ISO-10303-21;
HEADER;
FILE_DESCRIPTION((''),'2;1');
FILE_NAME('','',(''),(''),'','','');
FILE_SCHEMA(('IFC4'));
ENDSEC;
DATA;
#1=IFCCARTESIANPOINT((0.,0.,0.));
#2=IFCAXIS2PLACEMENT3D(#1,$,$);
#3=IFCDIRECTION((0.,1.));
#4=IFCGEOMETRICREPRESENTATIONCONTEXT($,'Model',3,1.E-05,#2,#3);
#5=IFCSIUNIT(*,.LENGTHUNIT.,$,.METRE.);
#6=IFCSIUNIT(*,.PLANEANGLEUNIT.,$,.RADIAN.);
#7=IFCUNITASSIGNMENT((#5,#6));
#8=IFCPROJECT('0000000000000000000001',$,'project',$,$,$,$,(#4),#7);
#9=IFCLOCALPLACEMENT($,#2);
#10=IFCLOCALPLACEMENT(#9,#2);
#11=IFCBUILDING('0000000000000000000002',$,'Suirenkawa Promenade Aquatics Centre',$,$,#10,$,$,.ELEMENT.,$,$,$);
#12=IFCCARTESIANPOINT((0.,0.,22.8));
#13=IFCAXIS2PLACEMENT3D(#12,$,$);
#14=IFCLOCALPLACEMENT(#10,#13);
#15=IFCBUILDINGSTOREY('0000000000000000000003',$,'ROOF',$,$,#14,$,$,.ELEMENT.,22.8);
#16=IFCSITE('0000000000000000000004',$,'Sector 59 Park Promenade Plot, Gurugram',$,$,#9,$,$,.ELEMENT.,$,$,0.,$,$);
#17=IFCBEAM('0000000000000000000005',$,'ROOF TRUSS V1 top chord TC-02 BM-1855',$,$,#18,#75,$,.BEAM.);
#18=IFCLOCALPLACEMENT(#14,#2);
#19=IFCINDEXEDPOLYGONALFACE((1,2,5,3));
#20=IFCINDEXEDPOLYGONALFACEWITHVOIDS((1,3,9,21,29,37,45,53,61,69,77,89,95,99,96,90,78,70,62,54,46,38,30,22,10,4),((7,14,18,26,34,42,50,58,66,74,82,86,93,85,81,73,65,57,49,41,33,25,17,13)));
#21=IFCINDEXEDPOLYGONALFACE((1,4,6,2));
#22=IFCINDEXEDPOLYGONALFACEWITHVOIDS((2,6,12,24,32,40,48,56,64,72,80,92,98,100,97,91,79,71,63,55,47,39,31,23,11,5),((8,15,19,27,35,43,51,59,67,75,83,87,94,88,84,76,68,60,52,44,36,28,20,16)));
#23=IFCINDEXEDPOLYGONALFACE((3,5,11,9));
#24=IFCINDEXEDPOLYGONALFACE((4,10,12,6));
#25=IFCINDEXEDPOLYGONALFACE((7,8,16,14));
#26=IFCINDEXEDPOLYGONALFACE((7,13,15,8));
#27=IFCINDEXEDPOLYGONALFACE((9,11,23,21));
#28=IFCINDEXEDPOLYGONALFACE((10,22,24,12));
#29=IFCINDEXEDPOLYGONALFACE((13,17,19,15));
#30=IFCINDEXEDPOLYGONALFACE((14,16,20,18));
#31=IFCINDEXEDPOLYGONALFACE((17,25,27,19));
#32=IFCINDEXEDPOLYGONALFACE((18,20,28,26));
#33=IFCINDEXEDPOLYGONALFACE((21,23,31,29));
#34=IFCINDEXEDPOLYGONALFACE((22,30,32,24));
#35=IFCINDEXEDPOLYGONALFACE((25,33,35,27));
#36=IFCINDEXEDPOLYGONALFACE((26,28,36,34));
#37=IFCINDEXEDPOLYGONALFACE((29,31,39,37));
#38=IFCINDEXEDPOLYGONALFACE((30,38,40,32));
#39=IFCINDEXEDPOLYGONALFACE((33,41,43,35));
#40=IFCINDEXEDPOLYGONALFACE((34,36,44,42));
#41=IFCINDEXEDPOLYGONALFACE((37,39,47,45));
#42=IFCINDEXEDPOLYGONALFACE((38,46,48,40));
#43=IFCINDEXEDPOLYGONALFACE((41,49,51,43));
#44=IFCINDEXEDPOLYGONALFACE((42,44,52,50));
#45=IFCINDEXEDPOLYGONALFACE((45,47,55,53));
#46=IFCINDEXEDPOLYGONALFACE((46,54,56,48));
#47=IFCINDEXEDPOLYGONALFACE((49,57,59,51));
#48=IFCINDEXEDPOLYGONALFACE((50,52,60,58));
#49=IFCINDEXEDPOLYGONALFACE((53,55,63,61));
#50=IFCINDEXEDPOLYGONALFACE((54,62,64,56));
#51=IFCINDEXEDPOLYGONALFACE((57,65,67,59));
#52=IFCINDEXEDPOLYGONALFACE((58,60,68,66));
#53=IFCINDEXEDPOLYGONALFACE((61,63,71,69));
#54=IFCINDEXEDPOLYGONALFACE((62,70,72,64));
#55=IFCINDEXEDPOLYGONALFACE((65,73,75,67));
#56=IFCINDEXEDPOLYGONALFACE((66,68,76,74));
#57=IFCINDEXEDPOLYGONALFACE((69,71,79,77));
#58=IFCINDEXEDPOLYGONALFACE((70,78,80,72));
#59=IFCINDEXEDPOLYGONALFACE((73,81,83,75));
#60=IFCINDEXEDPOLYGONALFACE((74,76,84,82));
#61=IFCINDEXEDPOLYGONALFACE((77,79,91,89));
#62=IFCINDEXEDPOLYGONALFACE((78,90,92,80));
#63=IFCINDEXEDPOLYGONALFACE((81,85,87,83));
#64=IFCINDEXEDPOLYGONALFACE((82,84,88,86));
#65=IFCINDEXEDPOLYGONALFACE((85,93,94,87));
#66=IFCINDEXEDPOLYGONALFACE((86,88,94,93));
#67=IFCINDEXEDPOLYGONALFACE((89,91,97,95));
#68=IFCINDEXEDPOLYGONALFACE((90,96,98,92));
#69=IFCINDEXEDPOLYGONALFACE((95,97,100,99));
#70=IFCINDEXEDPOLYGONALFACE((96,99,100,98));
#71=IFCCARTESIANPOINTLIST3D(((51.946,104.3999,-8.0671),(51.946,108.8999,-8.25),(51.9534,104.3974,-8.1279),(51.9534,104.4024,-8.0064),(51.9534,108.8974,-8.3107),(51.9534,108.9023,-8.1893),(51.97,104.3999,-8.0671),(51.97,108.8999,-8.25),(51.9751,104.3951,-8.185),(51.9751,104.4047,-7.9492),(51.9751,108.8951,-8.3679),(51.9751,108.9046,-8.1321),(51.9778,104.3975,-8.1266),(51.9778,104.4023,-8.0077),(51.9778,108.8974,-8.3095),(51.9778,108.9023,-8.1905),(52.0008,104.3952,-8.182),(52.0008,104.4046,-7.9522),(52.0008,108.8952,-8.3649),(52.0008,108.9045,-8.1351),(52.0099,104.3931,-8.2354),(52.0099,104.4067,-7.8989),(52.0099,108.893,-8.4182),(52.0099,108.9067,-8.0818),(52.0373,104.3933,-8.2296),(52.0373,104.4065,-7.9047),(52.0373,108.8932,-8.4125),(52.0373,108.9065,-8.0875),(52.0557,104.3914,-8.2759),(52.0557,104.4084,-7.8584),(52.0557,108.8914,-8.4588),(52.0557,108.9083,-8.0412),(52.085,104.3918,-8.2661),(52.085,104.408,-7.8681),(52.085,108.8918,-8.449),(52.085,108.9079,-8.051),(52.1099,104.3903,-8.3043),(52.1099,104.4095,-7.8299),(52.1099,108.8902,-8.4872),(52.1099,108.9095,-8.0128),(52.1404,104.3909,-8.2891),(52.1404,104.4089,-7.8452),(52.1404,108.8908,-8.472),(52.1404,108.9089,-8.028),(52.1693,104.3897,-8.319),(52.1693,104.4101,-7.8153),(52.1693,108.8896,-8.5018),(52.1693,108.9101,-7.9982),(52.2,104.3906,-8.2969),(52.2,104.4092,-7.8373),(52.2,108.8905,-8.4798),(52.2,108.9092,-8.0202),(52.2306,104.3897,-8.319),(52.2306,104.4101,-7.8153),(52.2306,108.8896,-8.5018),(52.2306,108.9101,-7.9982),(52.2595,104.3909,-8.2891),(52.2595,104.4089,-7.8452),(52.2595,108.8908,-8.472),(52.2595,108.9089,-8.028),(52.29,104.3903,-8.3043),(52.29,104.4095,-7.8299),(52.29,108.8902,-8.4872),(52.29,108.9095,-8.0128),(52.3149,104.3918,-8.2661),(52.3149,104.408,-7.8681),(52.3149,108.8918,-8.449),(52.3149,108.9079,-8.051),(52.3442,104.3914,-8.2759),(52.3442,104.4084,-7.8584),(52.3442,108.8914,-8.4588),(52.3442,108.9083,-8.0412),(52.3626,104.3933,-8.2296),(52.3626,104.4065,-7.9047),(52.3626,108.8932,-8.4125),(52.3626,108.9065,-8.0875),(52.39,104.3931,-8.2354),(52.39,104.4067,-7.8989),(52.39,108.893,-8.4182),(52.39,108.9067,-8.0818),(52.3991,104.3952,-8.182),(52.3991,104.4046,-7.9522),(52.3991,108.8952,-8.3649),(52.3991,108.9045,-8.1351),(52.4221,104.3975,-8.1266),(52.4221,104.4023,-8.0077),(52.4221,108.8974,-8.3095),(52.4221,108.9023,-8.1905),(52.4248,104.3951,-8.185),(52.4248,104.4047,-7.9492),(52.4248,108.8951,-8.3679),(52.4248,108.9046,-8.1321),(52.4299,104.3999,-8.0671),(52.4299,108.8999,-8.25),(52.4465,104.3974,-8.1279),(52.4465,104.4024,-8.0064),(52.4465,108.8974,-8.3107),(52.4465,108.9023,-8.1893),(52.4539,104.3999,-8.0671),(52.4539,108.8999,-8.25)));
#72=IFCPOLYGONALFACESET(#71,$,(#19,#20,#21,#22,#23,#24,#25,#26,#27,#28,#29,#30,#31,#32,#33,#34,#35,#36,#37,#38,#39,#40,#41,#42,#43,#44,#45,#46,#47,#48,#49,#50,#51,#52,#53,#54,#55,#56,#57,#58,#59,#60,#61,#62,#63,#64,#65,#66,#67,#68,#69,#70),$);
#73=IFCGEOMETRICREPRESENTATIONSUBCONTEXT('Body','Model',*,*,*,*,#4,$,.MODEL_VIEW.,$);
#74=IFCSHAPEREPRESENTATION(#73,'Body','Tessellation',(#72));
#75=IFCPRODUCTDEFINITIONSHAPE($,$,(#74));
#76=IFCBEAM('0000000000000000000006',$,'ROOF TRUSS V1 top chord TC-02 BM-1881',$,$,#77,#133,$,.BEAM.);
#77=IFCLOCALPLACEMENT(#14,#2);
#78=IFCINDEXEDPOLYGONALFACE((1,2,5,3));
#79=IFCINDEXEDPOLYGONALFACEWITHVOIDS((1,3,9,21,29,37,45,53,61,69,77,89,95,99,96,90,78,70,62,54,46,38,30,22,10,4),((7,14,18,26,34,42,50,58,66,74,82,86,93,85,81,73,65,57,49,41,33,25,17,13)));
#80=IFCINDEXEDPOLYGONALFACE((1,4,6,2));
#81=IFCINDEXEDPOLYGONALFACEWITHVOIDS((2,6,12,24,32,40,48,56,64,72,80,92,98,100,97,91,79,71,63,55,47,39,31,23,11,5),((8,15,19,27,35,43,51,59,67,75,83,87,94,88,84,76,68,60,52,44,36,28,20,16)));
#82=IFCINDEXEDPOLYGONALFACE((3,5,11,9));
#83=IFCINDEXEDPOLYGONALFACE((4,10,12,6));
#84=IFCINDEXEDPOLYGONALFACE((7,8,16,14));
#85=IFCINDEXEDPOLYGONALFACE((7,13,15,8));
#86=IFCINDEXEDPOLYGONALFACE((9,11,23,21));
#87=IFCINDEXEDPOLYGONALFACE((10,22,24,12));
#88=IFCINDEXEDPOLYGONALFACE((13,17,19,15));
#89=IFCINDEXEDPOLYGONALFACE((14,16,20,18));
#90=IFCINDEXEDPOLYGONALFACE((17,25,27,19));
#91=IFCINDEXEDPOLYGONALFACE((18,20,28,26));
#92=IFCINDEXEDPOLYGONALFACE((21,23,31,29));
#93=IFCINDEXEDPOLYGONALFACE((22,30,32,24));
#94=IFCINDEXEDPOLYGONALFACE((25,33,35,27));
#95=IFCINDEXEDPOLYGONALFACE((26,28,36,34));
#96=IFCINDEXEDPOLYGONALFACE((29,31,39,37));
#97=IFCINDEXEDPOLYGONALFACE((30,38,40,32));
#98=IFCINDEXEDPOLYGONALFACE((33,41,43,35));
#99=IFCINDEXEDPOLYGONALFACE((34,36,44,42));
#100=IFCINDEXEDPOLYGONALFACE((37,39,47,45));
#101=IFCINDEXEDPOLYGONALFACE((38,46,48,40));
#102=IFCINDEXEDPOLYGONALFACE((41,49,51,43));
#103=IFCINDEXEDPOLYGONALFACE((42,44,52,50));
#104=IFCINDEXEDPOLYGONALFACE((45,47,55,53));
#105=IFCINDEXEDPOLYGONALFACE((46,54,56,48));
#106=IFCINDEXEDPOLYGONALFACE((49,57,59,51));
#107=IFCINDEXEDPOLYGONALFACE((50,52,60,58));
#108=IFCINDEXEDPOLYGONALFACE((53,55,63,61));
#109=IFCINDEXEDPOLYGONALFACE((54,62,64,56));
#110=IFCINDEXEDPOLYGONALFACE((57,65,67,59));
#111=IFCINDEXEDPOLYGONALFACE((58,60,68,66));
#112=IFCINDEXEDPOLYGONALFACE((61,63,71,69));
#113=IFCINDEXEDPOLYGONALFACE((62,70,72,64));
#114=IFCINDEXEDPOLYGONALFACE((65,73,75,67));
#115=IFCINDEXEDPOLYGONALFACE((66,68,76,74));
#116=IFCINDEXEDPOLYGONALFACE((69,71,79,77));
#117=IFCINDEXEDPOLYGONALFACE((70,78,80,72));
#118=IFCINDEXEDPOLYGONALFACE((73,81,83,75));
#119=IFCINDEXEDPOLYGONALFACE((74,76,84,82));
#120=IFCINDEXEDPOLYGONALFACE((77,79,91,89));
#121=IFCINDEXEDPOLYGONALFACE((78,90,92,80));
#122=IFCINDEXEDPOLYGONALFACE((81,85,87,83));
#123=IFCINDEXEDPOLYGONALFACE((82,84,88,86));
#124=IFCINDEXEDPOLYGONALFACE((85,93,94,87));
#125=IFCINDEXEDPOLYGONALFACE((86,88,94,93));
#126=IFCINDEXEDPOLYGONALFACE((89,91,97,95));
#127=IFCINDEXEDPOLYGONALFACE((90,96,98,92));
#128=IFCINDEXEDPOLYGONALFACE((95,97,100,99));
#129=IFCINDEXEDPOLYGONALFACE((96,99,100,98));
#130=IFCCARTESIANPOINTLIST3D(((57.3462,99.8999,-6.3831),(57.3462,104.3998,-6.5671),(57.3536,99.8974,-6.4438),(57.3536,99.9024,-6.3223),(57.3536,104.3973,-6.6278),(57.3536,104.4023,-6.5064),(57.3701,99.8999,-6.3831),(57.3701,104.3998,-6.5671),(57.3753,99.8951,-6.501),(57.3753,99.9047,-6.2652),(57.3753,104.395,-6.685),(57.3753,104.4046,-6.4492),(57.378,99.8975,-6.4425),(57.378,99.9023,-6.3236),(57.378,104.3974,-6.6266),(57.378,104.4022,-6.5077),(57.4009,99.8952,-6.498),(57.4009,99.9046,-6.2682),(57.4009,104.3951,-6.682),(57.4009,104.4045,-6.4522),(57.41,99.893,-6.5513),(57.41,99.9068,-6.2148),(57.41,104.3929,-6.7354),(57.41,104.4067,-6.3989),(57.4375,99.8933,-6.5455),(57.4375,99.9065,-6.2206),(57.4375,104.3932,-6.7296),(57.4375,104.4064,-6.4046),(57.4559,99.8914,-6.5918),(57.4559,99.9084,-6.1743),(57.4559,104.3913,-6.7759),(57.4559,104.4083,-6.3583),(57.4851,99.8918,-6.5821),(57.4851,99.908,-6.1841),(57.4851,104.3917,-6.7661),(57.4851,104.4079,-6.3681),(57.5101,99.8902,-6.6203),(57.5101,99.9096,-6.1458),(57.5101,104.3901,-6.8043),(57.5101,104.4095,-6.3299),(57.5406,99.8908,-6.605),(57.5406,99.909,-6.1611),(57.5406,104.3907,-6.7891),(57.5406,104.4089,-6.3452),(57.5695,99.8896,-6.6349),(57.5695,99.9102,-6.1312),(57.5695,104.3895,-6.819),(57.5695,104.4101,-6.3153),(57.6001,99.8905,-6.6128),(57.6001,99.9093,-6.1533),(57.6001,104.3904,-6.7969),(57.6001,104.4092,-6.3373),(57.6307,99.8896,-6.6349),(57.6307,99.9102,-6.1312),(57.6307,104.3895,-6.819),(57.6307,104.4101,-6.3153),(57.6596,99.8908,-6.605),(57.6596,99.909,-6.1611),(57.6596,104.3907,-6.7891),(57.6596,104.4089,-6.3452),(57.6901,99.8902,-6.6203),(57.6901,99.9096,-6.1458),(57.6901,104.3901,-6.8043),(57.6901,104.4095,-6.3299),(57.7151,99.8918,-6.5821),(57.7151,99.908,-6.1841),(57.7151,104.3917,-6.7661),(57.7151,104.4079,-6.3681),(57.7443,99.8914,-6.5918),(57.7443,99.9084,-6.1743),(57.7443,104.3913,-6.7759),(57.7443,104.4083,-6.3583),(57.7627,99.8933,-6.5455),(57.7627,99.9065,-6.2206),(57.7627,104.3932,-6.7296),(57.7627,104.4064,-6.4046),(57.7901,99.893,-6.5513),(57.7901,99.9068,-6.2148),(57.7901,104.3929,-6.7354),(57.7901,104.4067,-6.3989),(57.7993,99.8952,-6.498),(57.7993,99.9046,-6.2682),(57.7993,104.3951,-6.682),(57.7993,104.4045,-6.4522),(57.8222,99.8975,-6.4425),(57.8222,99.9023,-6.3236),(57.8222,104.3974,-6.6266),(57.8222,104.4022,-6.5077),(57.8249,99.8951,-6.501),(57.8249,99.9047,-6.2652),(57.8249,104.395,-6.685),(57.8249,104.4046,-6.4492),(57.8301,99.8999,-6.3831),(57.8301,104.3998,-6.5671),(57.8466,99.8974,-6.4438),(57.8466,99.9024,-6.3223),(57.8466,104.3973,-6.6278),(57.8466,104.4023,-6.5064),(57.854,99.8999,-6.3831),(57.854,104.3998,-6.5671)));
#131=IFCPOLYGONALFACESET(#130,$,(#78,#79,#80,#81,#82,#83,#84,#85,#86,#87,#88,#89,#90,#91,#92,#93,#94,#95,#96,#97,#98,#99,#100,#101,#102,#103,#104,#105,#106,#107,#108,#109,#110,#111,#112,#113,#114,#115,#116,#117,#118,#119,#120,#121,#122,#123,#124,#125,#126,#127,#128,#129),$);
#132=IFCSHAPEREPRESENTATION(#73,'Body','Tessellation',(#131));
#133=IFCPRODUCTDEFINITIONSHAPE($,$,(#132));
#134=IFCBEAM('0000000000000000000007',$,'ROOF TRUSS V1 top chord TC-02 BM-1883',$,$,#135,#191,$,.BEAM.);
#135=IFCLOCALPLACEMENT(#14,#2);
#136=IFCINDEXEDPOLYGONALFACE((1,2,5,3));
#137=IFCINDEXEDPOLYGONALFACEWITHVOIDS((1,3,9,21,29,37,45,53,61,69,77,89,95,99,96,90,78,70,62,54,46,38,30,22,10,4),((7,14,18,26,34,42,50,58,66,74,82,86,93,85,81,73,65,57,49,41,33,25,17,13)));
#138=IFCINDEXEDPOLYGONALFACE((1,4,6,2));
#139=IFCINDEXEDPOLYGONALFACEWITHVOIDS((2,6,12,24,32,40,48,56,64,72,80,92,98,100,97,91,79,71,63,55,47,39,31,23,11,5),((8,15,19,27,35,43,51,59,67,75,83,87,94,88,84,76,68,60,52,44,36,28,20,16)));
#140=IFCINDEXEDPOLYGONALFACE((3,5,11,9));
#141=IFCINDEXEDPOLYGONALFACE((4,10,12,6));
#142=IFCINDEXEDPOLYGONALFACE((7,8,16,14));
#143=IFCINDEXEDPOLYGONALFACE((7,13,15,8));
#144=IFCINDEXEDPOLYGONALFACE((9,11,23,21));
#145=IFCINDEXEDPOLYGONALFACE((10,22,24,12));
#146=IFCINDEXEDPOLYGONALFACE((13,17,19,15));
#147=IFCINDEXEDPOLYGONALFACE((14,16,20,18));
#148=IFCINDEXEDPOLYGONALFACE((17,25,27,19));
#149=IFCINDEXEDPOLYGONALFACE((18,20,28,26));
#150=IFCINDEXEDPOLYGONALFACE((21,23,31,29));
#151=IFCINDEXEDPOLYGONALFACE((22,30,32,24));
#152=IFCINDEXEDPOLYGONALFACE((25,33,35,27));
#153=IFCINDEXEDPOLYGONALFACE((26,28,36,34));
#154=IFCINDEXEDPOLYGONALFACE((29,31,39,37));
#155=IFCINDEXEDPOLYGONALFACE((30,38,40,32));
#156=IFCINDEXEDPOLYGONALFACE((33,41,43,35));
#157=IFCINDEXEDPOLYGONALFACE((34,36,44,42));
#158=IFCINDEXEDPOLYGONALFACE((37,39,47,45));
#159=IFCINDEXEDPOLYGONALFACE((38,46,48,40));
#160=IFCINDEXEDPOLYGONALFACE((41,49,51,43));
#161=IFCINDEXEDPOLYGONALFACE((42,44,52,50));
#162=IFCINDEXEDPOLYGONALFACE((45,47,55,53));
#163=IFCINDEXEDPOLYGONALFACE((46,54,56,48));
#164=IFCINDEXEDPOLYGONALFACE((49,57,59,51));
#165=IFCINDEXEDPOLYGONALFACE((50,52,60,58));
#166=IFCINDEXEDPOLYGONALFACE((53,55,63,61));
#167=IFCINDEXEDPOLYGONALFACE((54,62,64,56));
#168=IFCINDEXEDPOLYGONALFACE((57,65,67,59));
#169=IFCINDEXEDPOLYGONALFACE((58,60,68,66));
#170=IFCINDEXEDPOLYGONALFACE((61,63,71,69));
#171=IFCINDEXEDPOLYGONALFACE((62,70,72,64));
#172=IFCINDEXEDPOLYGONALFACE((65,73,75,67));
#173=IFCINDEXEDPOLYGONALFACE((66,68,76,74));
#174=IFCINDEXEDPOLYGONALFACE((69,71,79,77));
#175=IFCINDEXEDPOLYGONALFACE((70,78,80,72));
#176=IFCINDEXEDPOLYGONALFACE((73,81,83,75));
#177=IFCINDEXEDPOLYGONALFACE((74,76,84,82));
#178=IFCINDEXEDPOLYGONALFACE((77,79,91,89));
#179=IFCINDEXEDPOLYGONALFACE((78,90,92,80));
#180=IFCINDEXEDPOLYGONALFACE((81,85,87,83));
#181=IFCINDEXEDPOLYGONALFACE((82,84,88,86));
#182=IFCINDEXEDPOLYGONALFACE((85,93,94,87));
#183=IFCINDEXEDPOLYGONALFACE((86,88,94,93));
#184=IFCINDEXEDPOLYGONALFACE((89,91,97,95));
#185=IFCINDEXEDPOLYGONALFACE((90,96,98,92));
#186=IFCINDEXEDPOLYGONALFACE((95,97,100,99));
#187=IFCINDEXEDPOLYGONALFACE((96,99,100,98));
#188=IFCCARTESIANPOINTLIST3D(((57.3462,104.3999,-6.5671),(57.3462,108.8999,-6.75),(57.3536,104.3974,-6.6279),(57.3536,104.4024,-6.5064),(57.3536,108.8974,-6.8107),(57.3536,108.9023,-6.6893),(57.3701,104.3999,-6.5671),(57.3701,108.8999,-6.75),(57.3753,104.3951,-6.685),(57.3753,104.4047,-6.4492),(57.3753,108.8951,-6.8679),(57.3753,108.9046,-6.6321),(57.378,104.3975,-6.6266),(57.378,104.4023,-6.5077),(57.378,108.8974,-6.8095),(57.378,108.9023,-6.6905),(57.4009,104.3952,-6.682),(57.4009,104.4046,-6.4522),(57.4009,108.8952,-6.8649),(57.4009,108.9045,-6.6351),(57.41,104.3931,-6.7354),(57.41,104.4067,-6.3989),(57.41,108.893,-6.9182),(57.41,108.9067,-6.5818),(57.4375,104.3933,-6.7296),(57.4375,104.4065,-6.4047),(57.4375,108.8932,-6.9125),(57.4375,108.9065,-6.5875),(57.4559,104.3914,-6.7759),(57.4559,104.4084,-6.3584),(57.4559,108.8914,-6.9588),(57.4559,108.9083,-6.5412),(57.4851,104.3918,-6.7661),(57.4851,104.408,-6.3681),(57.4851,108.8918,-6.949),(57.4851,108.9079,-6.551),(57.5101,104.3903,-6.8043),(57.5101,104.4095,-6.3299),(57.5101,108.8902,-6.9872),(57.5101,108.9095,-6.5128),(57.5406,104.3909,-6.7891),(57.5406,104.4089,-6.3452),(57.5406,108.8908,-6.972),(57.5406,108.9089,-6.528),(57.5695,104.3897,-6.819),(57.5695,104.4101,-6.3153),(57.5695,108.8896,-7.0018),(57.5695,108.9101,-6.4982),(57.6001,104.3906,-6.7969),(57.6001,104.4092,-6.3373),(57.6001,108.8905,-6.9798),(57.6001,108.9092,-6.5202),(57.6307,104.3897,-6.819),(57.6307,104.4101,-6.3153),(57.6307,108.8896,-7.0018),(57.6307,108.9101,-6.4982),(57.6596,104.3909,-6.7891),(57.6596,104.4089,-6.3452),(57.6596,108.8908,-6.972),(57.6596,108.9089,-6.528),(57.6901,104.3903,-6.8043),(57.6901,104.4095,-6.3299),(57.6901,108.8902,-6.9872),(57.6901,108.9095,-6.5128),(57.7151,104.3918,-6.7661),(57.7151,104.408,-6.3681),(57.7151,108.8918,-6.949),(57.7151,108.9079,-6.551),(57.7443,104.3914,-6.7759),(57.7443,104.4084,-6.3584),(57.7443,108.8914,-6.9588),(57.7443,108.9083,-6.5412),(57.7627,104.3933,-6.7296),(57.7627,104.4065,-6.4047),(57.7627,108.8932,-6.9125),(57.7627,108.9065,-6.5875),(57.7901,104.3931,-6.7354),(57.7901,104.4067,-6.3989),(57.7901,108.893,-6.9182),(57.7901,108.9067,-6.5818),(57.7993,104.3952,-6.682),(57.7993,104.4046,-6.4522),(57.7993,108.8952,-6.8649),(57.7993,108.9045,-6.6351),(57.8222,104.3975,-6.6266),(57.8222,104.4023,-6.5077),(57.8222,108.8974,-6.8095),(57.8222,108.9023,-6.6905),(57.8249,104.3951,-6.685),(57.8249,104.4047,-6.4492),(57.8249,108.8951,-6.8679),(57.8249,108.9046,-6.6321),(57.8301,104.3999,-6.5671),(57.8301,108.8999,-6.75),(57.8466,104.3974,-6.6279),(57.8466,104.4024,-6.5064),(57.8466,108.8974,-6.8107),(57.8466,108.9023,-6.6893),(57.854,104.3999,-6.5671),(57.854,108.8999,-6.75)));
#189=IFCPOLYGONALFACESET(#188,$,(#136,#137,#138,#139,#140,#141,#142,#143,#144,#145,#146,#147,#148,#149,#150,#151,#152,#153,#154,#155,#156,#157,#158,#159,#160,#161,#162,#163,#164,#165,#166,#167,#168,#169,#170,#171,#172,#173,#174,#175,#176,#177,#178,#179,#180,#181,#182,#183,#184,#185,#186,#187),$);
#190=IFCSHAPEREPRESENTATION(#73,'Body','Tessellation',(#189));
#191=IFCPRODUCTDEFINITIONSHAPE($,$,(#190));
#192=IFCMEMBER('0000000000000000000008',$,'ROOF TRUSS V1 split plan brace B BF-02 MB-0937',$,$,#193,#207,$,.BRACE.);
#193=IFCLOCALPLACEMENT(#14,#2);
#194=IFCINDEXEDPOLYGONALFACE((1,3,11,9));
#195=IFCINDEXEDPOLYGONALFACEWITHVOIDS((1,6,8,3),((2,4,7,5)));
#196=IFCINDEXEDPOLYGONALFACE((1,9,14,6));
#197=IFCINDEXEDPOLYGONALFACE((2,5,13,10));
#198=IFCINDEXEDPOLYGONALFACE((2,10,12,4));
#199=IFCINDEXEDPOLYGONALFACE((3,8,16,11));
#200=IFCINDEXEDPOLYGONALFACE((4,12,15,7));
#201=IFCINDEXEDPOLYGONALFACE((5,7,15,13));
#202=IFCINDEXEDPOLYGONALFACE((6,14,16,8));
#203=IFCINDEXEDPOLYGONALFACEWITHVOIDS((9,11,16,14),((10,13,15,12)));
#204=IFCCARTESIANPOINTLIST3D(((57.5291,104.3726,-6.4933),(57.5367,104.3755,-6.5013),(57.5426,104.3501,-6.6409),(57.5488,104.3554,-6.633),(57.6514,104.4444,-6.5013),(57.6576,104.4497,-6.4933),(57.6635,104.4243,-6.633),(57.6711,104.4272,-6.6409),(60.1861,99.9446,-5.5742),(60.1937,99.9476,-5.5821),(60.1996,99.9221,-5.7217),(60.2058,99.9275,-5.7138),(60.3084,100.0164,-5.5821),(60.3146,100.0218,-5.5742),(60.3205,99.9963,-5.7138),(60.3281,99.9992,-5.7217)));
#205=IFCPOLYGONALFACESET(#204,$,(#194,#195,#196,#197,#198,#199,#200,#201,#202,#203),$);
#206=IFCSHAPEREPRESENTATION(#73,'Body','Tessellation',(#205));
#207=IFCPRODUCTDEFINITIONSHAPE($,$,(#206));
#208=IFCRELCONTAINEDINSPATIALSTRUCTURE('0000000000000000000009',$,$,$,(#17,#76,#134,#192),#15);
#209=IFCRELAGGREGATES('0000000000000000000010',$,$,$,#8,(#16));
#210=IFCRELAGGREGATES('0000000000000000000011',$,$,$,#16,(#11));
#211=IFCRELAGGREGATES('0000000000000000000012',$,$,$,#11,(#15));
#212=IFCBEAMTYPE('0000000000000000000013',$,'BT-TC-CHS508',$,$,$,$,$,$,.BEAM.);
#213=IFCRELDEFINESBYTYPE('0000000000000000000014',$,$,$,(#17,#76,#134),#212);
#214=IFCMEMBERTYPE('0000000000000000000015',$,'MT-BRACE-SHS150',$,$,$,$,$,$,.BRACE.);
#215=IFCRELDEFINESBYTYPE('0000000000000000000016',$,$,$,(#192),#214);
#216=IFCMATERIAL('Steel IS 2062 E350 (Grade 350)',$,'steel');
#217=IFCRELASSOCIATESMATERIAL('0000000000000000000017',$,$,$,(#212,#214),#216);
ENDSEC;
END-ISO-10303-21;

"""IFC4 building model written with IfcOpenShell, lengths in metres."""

from ifc_helpers import new_model, si_unit, direction, frame, origin, origin_2d, place, context, subcontext, project, spatial, hollow_rectangle, hollow_circle, extrude, material, material_profile, profile_set, type_object, element, save


model = new_model("IFC4")

# Units and contexts
model_context = context("Model", 3, precision=1e-05, world=origin(), true_north=direction((0.0, 1.0)))
body_context = subcontext(model_context, "Body", "Model", "MODEL_VIEW")
ifc_project = project(units=[si_unit("LENGTHUNIT", "METRE"), si_unit("PLANEANGLEUNIT", "RADIAN")], contexts=[model_context])

# Site, building, storey
site_placement = place(None, origin())
site = spatial("IfcSite", under=ifc_project, at=site_placement, Name="Sector 59 Park Promenade Plot, Gurugram", CompositionType="ELEMENT", RefElevation=0.0)
building_placement = place(site_placement, origin())
building = spatial("IfcBuilding", under=site, at=building_placement, Name="Suirenkawa Promenade Aquatics Centre", CompositionType="ELEMENT")
storey_placement = place(building_placement, frame((0.0, 0.0, 22.8)))
storey = spatial("IfcBuildingStorey", under=building, at=storey_placement, Name="ROOF", CompositionType="ELEMENT", Elevation=22.8)

# Beams
ifc_material = material(Name="Steel IS 2062 E350 (Grade 350)", Category="steel")
ifc_material_profile_1 = material_profile(ifc_material, hollow_circle(Radius=0.2539, WallThickness=0.0239, at=origin_2d()), Name="CHS 508x24", Category="steel")
ifc_profile_set_1 = profile_set([ifc_material_profile_1], Name="Steel IS 2062 E350 (Grade 350)")
beam_type_1 = type_object("IfcBeamType", Name="BT-TC-CHS508", PredefinedType="BEAM", material=ifc_profile_set_1)
for number, where, z_axis, x_axis, name in (
    (1, (52.2, 104.3999, -8.0671), (0.0, 0.999175, -0.040602), (-1.0, 0.0, 0.0), "ROOF TRUSS V1 top chord TC-02 BM-1855"),
    (2, (57.6001, 99.8999, -6.3831), (0.0, 0.999164, -0.040873), (-1.0, 0.0, 0.0), "ROOF TRUSS V1 top chord TC-02 BM-1881"),
    (3, (57.6001, 104.3999, -6.5671), (0.0, 0.999175, -0.040602), (-1.0, 0.0, 0.0), "ROOF TRUSS V1 top chord TC-02 BM-1883"),
):
    element("IfcBeam", number, at=place(storey_placement, frame(where, z_axis=z_axis, x_axis=x_axis)), inside=storey, type_object=beam_type_1, Name=name, PredefinedType="BEAM", context=body_context, shape_type="SweptSolid", body=[
        extrude(hollow_circle(Radius=0.2539, WallThickness=0.0239, at=origin_2d()), origin(), (0.0, 0.0, 1.0), 4.5037),
    ])

# Member
ifc_material_profile_2 = material_profile(ifc_material, hollow_rectangle(XDim=0.1499, YDim=0.1499, WallThickness=0.0081, at=origin_2d()), Name="SHS 150x150x8", Category="steel")
ifc_profile_set_2 = profile_set([ifc_material_profile_2], Name="Steel IS 2062 E350 (Grade 350)")
member_type_1 = type_object("IfcMemberType", Name="MT-BRACE-SHS150", PredefinedType="BRACE", material=ifc_profile_set_2)
member_1_placement = place(storey_placement, frame((60.2571, 99.9719, -5.6479), z_axis=(-0.506561, 0.844207, -0.175246), x_axis=(-0.857476, -0.514524, 0.0)))
element("IfcMember", 4, at=member_1_placement, inside=storey, type_object=member_type_1, Name="ROOF TRUSS V1 split plan brace B BF-02 MB-0937", PredefinedType="BRACE", context=body_context, shape_type="SweptSolid", body=[
    extrude(hollow_rectangle(XDim=0.1499, YDim=0.1499, WallThickness=0.0081, at=origin_2d()), origin(), (0.0, 0.0, 1.0), 5.2451),
])

save(model, "model.ifc")
